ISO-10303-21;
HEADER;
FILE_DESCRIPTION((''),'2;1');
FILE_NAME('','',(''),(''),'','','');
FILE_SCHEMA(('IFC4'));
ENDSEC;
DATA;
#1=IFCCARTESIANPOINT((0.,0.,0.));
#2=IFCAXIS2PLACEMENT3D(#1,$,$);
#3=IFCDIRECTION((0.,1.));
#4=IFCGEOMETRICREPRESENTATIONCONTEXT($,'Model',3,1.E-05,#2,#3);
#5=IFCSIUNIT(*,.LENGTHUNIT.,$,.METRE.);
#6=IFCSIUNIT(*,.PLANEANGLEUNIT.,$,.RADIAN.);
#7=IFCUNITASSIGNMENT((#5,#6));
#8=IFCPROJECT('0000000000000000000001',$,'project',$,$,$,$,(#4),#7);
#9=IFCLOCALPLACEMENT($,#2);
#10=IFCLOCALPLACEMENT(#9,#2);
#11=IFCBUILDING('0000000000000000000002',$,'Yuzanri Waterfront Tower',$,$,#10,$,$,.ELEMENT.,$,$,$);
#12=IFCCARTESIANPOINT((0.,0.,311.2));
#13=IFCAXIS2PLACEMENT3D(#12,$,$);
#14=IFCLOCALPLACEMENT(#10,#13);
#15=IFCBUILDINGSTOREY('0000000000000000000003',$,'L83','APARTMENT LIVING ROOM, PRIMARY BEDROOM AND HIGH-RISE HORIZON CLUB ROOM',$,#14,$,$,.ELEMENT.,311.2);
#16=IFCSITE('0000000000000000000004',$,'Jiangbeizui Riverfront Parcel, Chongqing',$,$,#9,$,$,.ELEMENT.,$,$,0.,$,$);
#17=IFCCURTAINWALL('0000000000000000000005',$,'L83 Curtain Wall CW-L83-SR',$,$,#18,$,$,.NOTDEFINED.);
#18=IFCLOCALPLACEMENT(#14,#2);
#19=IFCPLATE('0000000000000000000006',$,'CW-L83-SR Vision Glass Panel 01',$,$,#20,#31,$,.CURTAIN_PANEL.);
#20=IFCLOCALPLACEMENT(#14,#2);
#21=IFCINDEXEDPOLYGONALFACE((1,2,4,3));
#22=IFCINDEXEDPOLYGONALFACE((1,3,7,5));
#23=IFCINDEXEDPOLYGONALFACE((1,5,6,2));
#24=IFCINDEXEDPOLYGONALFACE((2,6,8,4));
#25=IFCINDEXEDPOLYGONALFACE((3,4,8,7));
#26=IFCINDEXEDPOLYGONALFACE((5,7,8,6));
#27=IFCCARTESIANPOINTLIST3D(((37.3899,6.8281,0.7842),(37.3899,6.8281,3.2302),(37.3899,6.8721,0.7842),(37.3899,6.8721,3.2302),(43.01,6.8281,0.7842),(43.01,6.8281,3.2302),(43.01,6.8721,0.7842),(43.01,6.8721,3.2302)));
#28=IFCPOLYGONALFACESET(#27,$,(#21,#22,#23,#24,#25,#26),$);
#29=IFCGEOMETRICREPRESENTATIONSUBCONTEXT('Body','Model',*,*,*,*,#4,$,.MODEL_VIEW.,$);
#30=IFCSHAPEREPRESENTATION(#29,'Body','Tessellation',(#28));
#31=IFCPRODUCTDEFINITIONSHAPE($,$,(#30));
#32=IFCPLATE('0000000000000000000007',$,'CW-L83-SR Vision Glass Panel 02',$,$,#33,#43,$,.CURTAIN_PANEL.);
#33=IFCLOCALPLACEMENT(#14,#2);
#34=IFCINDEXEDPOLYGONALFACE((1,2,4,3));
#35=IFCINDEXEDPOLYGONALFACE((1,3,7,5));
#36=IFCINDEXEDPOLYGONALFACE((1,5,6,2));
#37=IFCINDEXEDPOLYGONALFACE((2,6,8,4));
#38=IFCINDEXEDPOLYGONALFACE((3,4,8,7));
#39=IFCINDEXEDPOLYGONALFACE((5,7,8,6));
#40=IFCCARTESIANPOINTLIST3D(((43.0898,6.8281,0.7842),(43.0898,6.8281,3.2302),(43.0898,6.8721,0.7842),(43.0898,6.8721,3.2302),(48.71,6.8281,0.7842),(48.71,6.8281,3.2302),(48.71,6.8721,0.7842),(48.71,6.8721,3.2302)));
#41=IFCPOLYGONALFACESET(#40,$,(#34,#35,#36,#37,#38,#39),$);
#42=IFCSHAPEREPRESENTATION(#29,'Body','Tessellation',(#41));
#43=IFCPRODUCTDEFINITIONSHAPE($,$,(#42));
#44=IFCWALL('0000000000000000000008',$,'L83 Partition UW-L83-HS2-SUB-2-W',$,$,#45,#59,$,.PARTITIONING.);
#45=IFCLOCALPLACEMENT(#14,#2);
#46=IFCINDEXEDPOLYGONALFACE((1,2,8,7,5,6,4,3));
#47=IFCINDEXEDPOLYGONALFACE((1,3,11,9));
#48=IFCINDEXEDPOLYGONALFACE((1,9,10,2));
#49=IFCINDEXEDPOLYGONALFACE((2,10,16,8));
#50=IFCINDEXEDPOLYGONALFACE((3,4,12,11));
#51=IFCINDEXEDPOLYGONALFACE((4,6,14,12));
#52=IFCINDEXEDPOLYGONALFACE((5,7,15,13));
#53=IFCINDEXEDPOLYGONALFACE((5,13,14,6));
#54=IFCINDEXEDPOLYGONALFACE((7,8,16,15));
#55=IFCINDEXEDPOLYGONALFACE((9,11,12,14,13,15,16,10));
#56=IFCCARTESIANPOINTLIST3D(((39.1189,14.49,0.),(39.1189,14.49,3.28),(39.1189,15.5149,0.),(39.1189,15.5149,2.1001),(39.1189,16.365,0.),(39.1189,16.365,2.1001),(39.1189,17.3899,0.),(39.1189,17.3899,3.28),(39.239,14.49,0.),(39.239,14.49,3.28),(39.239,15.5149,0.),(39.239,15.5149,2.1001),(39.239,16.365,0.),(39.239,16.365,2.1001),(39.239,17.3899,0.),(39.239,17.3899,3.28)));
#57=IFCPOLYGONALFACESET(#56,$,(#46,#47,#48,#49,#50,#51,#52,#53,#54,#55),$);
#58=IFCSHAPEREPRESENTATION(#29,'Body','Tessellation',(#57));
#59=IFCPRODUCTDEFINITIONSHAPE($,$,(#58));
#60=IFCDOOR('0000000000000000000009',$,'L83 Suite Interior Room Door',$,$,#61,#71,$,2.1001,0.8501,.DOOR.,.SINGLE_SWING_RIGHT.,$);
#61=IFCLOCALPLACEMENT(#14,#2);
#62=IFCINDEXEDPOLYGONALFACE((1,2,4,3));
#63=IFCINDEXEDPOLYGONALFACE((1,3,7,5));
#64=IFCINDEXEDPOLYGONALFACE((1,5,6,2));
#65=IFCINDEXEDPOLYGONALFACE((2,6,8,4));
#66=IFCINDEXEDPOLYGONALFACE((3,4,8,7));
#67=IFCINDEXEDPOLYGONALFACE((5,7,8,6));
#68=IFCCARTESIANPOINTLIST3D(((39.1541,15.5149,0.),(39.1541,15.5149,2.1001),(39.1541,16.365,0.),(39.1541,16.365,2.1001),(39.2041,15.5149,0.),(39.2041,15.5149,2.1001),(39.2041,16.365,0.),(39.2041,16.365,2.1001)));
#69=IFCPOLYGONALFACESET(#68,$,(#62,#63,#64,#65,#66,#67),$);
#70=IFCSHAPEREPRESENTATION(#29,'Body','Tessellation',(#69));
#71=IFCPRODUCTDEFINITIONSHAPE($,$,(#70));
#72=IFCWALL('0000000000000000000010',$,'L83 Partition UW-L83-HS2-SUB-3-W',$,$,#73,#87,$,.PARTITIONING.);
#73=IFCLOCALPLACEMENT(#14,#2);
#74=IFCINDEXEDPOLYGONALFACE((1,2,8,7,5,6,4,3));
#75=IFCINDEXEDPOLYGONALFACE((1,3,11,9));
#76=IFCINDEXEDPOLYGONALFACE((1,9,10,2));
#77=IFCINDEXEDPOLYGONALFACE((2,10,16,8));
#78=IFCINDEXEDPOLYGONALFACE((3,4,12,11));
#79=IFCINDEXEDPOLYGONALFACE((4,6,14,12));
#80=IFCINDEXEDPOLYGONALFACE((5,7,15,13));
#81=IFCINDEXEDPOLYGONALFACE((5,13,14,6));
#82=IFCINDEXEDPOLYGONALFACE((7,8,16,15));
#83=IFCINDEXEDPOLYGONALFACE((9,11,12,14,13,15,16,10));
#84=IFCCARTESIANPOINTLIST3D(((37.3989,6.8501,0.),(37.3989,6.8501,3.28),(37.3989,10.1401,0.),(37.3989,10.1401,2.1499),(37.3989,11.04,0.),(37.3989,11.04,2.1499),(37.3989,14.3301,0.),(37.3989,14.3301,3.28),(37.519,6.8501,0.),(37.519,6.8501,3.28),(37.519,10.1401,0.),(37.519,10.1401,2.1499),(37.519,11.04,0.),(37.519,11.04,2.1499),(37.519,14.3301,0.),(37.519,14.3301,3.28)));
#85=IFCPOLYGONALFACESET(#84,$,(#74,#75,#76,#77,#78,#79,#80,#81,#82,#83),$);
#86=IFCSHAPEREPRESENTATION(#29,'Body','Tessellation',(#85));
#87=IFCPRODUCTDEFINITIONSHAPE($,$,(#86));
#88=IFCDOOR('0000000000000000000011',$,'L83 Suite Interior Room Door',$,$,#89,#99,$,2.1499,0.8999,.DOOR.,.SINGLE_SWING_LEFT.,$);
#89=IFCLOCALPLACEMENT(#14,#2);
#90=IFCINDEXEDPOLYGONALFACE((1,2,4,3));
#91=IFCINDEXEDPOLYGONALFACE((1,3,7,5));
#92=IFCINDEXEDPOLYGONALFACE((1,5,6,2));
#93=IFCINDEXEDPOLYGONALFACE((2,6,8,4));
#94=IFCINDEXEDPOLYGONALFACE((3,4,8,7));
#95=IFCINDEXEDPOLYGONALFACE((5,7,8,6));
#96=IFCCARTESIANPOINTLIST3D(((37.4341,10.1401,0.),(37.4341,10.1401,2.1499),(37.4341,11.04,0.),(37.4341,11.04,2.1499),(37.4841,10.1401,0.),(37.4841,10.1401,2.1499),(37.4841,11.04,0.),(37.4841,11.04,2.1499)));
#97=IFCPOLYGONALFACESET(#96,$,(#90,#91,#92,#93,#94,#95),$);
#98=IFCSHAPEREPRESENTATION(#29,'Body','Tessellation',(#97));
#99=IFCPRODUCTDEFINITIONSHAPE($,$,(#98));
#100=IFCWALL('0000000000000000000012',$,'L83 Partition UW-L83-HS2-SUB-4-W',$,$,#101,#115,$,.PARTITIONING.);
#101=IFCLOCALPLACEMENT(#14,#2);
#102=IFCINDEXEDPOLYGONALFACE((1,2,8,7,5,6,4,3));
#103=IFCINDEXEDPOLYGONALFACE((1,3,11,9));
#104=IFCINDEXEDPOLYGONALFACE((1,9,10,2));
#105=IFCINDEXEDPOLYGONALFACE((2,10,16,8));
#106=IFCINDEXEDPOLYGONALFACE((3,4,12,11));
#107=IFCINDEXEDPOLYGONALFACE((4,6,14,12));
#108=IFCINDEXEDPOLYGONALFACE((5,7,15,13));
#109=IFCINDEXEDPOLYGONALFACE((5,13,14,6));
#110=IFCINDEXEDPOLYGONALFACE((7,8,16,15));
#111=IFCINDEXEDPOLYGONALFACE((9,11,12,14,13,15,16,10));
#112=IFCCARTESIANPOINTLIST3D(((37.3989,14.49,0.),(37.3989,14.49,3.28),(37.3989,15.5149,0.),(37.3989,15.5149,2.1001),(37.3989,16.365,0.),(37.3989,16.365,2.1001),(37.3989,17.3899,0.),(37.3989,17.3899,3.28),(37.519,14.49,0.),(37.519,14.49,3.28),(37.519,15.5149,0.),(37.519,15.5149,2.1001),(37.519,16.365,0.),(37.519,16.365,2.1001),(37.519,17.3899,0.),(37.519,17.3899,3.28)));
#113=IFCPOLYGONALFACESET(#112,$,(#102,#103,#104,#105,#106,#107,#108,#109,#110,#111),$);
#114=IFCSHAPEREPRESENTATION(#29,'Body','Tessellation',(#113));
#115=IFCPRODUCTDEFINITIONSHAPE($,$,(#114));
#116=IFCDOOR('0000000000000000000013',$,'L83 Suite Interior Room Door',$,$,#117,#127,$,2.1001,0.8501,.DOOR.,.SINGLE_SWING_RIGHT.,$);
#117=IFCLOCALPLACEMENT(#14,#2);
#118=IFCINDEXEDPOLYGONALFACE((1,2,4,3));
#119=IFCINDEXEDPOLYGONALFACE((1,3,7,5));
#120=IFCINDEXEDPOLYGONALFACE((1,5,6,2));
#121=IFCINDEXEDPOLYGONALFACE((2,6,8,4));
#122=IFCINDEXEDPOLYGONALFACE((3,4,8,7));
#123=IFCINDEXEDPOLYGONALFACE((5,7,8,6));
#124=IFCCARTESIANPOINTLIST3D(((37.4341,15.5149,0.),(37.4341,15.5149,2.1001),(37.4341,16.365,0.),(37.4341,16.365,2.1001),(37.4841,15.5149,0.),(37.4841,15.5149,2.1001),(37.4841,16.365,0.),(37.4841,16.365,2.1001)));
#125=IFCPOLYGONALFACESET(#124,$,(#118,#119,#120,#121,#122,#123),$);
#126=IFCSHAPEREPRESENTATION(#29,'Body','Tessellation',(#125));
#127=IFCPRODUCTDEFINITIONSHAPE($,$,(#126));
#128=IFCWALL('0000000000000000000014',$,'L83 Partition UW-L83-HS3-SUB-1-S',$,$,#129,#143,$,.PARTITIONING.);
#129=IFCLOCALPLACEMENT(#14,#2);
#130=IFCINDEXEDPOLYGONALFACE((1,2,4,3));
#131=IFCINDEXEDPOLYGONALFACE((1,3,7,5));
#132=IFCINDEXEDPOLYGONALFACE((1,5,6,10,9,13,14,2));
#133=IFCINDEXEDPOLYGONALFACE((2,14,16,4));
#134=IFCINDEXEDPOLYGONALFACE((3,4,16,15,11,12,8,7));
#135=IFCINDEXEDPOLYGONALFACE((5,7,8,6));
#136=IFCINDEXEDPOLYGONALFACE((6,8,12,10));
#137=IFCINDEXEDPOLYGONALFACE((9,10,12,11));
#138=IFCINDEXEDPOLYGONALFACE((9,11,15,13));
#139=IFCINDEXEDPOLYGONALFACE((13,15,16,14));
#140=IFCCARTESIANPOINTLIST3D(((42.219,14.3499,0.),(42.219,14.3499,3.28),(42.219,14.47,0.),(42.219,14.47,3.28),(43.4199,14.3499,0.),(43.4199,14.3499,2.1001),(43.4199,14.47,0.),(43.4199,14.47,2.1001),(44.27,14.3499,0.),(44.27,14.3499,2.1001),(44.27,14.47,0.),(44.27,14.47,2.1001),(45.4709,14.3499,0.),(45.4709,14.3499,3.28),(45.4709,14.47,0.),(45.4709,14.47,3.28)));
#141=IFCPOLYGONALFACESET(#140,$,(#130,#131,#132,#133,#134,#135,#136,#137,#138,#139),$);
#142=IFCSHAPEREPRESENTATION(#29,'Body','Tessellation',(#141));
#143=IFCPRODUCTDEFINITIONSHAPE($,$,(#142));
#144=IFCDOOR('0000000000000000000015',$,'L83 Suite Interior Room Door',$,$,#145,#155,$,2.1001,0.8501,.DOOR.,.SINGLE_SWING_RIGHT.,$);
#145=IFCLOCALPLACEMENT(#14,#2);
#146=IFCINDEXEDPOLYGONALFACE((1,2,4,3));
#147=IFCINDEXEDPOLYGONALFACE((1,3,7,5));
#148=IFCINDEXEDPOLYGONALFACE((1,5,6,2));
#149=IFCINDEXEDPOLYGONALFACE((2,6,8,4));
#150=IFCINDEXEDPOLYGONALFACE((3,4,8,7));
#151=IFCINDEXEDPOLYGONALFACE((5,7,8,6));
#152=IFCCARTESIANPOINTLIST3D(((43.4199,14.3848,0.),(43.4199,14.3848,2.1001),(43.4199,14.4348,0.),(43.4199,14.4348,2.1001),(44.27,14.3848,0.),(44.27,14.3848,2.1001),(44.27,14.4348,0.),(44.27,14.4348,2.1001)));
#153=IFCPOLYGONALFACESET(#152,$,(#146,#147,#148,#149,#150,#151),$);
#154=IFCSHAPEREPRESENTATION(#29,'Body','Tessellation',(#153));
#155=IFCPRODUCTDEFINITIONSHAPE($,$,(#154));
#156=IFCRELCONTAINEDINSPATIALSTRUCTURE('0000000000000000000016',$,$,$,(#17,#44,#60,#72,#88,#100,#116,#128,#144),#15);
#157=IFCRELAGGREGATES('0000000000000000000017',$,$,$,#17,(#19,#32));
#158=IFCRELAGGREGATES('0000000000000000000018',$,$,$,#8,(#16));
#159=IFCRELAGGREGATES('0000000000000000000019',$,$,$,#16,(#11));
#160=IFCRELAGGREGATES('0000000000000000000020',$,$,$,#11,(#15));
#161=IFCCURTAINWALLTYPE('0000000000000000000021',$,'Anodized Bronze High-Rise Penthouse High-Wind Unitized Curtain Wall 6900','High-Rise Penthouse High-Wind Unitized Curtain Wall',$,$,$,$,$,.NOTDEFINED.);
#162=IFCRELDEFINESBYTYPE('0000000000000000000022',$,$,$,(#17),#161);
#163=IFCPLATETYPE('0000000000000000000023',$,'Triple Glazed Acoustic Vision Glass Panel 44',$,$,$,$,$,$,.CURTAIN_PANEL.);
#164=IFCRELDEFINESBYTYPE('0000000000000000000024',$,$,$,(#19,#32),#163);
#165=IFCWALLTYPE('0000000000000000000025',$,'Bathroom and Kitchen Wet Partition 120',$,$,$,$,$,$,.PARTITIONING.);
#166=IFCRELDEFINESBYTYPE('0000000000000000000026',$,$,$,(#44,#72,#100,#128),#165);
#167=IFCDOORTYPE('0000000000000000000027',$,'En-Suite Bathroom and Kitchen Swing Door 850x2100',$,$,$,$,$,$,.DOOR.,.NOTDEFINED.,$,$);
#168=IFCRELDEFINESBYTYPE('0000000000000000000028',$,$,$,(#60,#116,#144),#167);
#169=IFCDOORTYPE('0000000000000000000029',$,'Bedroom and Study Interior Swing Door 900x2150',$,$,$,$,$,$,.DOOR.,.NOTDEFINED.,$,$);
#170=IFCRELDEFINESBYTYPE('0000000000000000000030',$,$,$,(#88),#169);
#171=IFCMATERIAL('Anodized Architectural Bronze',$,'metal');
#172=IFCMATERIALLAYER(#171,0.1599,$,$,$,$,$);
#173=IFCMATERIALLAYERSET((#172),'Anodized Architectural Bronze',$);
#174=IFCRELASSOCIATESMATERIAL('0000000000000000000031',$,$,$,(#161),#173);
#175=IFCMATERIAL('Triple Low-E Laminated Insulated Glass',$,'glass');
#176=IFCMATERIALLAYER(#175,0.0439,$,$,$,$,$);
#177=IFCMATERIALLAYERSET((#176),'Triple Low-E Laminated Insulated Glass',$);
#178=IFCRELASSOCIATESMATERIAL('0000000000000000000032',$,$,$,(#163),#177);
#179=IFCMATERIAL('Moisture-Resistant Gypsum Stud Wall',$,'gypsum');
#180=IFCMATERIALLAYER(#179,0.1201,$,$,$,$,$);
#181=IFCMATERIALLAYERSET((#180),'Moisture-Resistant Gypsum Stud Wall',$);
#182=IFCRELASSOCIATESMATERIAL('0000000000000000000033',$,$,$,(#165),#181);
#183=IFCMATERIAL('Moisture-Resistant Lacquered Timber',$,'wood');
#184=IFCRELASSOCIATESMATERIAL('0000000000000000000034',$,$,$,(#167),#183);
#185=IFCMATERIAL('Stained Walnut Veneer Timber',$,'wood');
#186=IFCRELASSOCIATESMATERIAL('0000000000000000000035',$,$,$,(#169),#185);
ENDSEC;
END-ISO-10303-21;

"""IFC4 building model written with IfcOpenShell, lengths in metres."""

from ifc_helpers import new_model, si_unit, direction, frame, frame_2d, origin, origin_2d, place, context, subcontext, project, spatial, rectangle, extrude, source, transform, mapped, material, layer, layer_set, type_object, element, fill, aggregate, save


model = new_model("IFC4")

# Units and contexts
model_context = context("Model", 3, precision=1e-05, world=origin(), true_north=direction((0.0, 1.0)))
body_context = subcontext(model_context, "Body", "Model", "MODEL_VIEW")
ifc_project = project(units=[si_unit("LENGTHUNIT", "METRE"), si_unit("PLANEANGLEUNIT", "RADIAN")], contexts=[model_context])

# Site, building, storey
site_placement = place(None, origin())
site = spatial("IfcSite", under=ifc_project, at=site_placement, Name="Jiangbeizui Riverfront Parcel, Chongqing", CompositionType="ELEMENT", RefElevation=0.0)
building_placement = place(site_placement, origin())
building = spatial("IfcBuilding", under=site, at=building_placement, Name="Yuzanri Waterfront Tower", CompositionType="ELEMENT")
storey_placement = place(building_placement, frame((0.0, 0.0, 311.2)))
storey = spatial("IfcBuildingStorey", under=building, at=storey_placement, Name="L83", Description="APARTMENT LIVING ROOM, PRIMARY BEDROOM AND HIGH-RISE HORIZON CLUB ROOM", CompositionType="ELEMENT", Elevation=311.2)

# Curtain wall, plates
ifc_material_1 = material(Name="Anodized Architectural Bronze", Category="metal")
ifc_layer_1 = layer(ifc_material_1, 0.1599)
ifc_layer_set_1 = layer_set([ifc_layer_1], Name="Anodized Architectural Bronze")
curtain_wall_type = type_object("IfcCurtainWallType", Name="Anodized Bronze High-Rise Penthouse High-Wind Unitized Curtain Wall 6900", Description="High-Rise Penthouse High-Wind Unitized Curtain Wall", PredefinedType="NOTDEFINED", material=ifc_layer_set_1)
curtain_wall_placement = place(storey_placement, origin())
curtain_wall = element("IfcCurtainWall", 1, at=curtain_wall_placement, inside=storey, type_object=curtain_wall_type, Name="L83 Curtain Wall CW-L83-SR", PredefinedType="NOTDEFINED")
ifc_material_2 = material(Name="Triple Low-E Laminated Insulated Glass", Category="glass")
ifc_layer_2 = layer(ifc_material_2, 0.0439)
ifc_layer_set_2 = layer_set([ifc_layer_2], Name="Triple Low-E Laminated Insulated Glass")
plate_type_1 = type_object("IfcPlateType", Name="Triple Glazed Acoustic Vision Glass Panel 44", PredefinedType="CURTAIN_PANEL", material=ifc_layer_set_2)
shared_shape_1 = source(origin(), body_context, "Body", "SweptSolid", [
    extrude(rectangle(XDim=5.6201, YDim=0.0439, at=origin_2d()), origin(), (0.0, 0.0, 1.0), 2.446),
])
plate_1_placement = place(storey_placement, frame((40.2, 6.8501, 0.7842), z_axis=(0.0, 0.0, 1.0), x_axis=(1.0, 0.0, 0.0)))
plate_1 = element("IfcPlate", 2, at=plate_1_placement, type_object=plate_type_1, Name="CW-L83-SR Vision Glass Panel 01", PredefinedType="CURTAIN_PANEL", context=body_context, shape_type="MappedRepresentation", body=[
    mapped(shared_shape_1, transform((0.0, 0.0, 0.0), scale=1.0)),
])
plate_2_placement = place(storey_placement, frame((45.8999, 6.8501, 0.7842), z_axis=(0.0, 0.0, 1.0), x_axis=(1.0, 0.0, 0.0)))
plate_2 = element("IfcPlate", 3, at=plate_2_placement, type_object=plate_type_1, Name="CW-L83-SR Vision Glass Panel 02", PredefinedType="CURTAIN_PANEL", context=body_context, shape_type="MappedRepresentation", body=[
    mapped(shared_shape_1, transform((0.0, 0.0, 0.0), scale=1.0)),
])
aggregate(curtain_wall, [plate_1, plate_2])

# Walls, openings, doors
ifc_material_3 = material(Name="Moisture-Resistant Gypsum Stud Wall", Category="gypsum")
ifc_layer_3 = layer(ifc_material_3, 0.1201)
ifc_layer_set_3 = layer_set([ifc_layer_3], Name="Moisture-Resistant Gypsum Stud Wall")
wall_type_1 = type_object("IfcWallType", Name="Bathroom and Kitchen Wet Partition 120", PredefinedType="PARTITIONING", material=ifc_layer_set_3)
wall_1_placement = place(storey_placement, frame((39.179, 14.49, 0.0), z_axis=(0.0, 0.0, 1.0), x_axis=(0.0, 1.0, 0.0)))
wall_1 = element("IfcWall", 4, at=wall_1_placement, inside=storey, type_object=wall_type_1, Name="L83 Partition UW-L83-HS2-SUB-2-W", PredefinedType="PARTITIONING", context=body_context, shape_type="SweptSolid", body=[
    extrude(rectangle(XDim=2.8999, YDim=0.1201, at=frame_2d((1.45, 0.0))), origin(), (0.0, 0.0, 1.0), 3.28),
])
opening_1_placement = place(wall_1_placement, frame((1.0249, 0.0, 0.0)))
opening_1 = element("IfcOpeningElement", 5, at=opening_1_placement, cuts=wall_1, PredefinedType="OPENING", context=body_context, shape_type="SweptSolid", body=[
    extrude(rectangle(XDim=0.8501, YDim=2.1001, at=frame_2d((0.425, 1.05))), frame((0.0, 0.075, 0.0), z_axis=(0.0, -1.0, 0.0), x_axis=(1.0, 0.0, 0.0)), (0.0, 0.0, 1.0), 0.1499),
])
ifc_material_4 = material(Name="Moisture-Resistant Lacquered Timber", Category="wood")
door_type_1 = type_object("IfcDoorType", Name="En-Suite Bathroom and Kitchen Swing Door 850x2100", OperationType="NOTDEFINED", PredefinedType="DOOR", material=ifc_material_4)
shared_shape_2 = source(origin(), body_context, "Body", "SweptSolid", [
    extrude(rectangle(XDim=0.8501, YDim=2.1001, at=frame_2d((0.425, 1.05))), frame((0.0, 0.0249, 0.0), z_axis=(0.0, -1.0, 0.0), x_axis=(1.0, 0.0, 0.0)), (0.0, 0.0, 1.0), 0.05),
])
door_1_placement = place(opening_1_placement, origin())
door_1 = element("IfcDoor", 6, at=door_1_placement, inside=storey, type_object=door_type_1, Name="L83 Suite Interior Room Door", OperationType="SINGLE_SWING_RIGHT", OverallHeight=2.1001, OverallWidth=0.8501, PredefinedType="DOOR", context=body_context, shape_type="MappedRepresentation", body=[
    mapped(shared_shape_2, transform((0.0, 0.0, 0.0), scale=1.0)),
])
fill(opening_1, door_1)
wall_2_placement = place(storey_placement, frame((37.459, 6.8501, 0.0), z_axis=(0.0, 0.0, 1.0), x_axis=(0.0, 1.0, 0.0)))
wall_2 = element("IfcWall", 7, at=wall_2_placement, inside=storey, type_object=wall_type_1, Name="L83 Partition UW-L83-HS2-SUB-3-W", PredefinedType="PARTITIONING", context=body_context, shape_type="SweptSolid", body=[
    extrude(rectangle(XDim=7.48, YDim=0.1201, at=frame_2d((3.74, 0.0))), origin(), (0.0, 0.0, 1.0), 3.28),
])
opening_2_placement = place(wall_2_placement, frame((3.29, 0.0, 0.0)))
opening_2 = element("IfcOpeningElement", 8, at=opening_2_placement, cuts=wall_2, PredefinedType="OPENING", context=body_context, shape_type="SweptSolid", body=[
    extrude(rectangle(XDim=0.8999, YDim=2.1499, at=frame_2d((0.45, 1.075))), frame((0.0, 0.075, 0.0), z_axis=(0.0, -1.0, 0.0), x_axis=(1.0, 0.0, 0.0)), (0.0, 0.0, 1.0), 0.1499),
])
ifc_material_5 = material(Name="Stained Walnut Veneer Timber", Category="wood")
door_type_2 = type_object("IfcDoorType", Name="Bedroom and Study Interior Swing Door 900x2150", OperationType="NOTDEFINED", PredefinedType="DOOR", material=ifc_material_5)
shared_shape_3 = source(origin(), body_context, "Body", "SweptSolid", [
    extrude(rectangle(XDim=0.8999, YDim=2.1499, at=frame_2d((0.45, 1.075))), frame((0.0, 0.0249, 0.0), z_axis=(0.0, -1.0, 0.0), x_axis=(1.0, 0.0, 0.0)), (0.0, 0.0, 1.0), 0.05),
])
door_2_placement = place(opening_2_placement, origin())
door_2 = element("IfcDoor", 9, at=door_2_placement, inside=storey, type_object=door_type_2, Name="L83 Suite Interior Room Door", OperationType="SINGLE_SWING_LEFT", OverallHeight=2.1499, OverallWidth=0.8999, PredefinedType="DOOR", context=body_context, shape_type="MappedRepresentation", body=[
    mapped(shared_shape_3, transform((0.0, 0.0, 0.0), scale=1.0)),
])
fill(opening_2, door_2)
wall_3_placement = place(storey_placement, frame((37.459, 14.49, 0.0), z_axis=(0.0, 0.0, 1.0), x_axis=(0.0, 1.0, 0.0)))
wall_3 = element("IfcWall", 10, at=wall_3_placement, inside=storey, type_object=wall_type_1, Name="L83 Partition UW-L83-HS2-SUB-4-W", PredefinedType="PARTITIONING", context=body_context, shape_type="SweptSolid", body=[
    extrude(rectangle(XDim=2.8999, YDim=0.1201, at=frame_2d((1.45, 0.0))), origin(), (0.0, 0.0, 1.0), 3.28),
])
opening_3_placement = place(wall_3_placement, frame((1.0249, 0.0, 0.0)))
opening_3 = element("IfcOpeningElement", 11, at=opening_3_placement, cuts=wall_3, PredefinedType="OPENING", context=body_context, shape_type="SweptSolid", body=[
    extrude(rectangle(XDim=0.8501, YDim=2.1001, at=frame_2d((0.425, 1.05))), frame((0.0, 0.075, 0.0), z_axis=(0.0, -1.0, 0.0), x_axis=(1.0, 0.0, 0.0)), (0.0, 0.0, 1.0), 0.1499),
])
door_3_placement = place(opening_3_placement, origin())
door_3 = element("IfcDoor", 12, at=door_3_placement, inside=storey, type_object=door_type_1, Name="L83 Suite Interior Room Door", OperationType="SINGLE_SWING_RIGHT", OverallHeight=2.1001, OverallWidth=0.8501, PredefinedType="DOOR", context=body_context, shape_type="MappedRepresentation", body=[
    mapped(shared_shape_2, transform((0.0, 0.0, 0.0), scale=1.0)),
])
fill(opening_3, door_3)
wall_4_placement = place(storey_placement, frame((42.219, 14.4099, 0.0), z_axis=(0.0, 0.0, 1.0), x_axis=(1.0, 0.0, 0.0)))
wall_4 = element("IfcWall", 13, at=wall_4_placement, inside=storey, type_object=wall_type_1, Name="L83 Partition UW-L83-HS3-SUB-1-S", PredefinedType="PARTITIONING", context=body_context, shape_type="SweptSolid", body=[
    extrude(rectangle(XDim=3.252, YDim=0.1201, at=frame_2d((1.626, 0.0))), origin(), (0.0, 0.0, 1.0), 3.28),
])
opening_4_placement = place(wall_4_placement, frame((1.2009, 0.0, 0.0)))
opening_4 = element("IfcOpeningElement", 14, at=opening_4_placement, cuts=wall_4, PredefinedType="OPENING", context=body_context, shape_type="SweptSolid", body=[
    extrude(rectangle(XDim=0.8501, YDim=2.1001, at=frame_2d((0.425, 1.05))), frame((0.0, 0.075, 0.0), z_axis=(0.0, -1.0, 0.0), x_axis=(1.0, 0.0, 0.0)), (0.0, 0.0, 1.0), 0.1499),
])
door_4_placement = place(opening_4_placement, origin())
door_4 = element("IfcDoor", 15, at=door_4_placement, inside=storey, type_object=door_type_1, Name="L83 Suite Interior Room Door", OperationType="SINGLE_SWING_RIGHT", OverallHeight=2.1001, OverallWidth=0.8501, PredefinedType="DOOR", context=body_context, shape_type="MappedRepresentation", body=[
    mapped(shared_shape_2, transform((0.0, 0.0, 0.0), scale=1.0)),
])
fill(opening_4, door_4)

save(model, "model.ifc")
